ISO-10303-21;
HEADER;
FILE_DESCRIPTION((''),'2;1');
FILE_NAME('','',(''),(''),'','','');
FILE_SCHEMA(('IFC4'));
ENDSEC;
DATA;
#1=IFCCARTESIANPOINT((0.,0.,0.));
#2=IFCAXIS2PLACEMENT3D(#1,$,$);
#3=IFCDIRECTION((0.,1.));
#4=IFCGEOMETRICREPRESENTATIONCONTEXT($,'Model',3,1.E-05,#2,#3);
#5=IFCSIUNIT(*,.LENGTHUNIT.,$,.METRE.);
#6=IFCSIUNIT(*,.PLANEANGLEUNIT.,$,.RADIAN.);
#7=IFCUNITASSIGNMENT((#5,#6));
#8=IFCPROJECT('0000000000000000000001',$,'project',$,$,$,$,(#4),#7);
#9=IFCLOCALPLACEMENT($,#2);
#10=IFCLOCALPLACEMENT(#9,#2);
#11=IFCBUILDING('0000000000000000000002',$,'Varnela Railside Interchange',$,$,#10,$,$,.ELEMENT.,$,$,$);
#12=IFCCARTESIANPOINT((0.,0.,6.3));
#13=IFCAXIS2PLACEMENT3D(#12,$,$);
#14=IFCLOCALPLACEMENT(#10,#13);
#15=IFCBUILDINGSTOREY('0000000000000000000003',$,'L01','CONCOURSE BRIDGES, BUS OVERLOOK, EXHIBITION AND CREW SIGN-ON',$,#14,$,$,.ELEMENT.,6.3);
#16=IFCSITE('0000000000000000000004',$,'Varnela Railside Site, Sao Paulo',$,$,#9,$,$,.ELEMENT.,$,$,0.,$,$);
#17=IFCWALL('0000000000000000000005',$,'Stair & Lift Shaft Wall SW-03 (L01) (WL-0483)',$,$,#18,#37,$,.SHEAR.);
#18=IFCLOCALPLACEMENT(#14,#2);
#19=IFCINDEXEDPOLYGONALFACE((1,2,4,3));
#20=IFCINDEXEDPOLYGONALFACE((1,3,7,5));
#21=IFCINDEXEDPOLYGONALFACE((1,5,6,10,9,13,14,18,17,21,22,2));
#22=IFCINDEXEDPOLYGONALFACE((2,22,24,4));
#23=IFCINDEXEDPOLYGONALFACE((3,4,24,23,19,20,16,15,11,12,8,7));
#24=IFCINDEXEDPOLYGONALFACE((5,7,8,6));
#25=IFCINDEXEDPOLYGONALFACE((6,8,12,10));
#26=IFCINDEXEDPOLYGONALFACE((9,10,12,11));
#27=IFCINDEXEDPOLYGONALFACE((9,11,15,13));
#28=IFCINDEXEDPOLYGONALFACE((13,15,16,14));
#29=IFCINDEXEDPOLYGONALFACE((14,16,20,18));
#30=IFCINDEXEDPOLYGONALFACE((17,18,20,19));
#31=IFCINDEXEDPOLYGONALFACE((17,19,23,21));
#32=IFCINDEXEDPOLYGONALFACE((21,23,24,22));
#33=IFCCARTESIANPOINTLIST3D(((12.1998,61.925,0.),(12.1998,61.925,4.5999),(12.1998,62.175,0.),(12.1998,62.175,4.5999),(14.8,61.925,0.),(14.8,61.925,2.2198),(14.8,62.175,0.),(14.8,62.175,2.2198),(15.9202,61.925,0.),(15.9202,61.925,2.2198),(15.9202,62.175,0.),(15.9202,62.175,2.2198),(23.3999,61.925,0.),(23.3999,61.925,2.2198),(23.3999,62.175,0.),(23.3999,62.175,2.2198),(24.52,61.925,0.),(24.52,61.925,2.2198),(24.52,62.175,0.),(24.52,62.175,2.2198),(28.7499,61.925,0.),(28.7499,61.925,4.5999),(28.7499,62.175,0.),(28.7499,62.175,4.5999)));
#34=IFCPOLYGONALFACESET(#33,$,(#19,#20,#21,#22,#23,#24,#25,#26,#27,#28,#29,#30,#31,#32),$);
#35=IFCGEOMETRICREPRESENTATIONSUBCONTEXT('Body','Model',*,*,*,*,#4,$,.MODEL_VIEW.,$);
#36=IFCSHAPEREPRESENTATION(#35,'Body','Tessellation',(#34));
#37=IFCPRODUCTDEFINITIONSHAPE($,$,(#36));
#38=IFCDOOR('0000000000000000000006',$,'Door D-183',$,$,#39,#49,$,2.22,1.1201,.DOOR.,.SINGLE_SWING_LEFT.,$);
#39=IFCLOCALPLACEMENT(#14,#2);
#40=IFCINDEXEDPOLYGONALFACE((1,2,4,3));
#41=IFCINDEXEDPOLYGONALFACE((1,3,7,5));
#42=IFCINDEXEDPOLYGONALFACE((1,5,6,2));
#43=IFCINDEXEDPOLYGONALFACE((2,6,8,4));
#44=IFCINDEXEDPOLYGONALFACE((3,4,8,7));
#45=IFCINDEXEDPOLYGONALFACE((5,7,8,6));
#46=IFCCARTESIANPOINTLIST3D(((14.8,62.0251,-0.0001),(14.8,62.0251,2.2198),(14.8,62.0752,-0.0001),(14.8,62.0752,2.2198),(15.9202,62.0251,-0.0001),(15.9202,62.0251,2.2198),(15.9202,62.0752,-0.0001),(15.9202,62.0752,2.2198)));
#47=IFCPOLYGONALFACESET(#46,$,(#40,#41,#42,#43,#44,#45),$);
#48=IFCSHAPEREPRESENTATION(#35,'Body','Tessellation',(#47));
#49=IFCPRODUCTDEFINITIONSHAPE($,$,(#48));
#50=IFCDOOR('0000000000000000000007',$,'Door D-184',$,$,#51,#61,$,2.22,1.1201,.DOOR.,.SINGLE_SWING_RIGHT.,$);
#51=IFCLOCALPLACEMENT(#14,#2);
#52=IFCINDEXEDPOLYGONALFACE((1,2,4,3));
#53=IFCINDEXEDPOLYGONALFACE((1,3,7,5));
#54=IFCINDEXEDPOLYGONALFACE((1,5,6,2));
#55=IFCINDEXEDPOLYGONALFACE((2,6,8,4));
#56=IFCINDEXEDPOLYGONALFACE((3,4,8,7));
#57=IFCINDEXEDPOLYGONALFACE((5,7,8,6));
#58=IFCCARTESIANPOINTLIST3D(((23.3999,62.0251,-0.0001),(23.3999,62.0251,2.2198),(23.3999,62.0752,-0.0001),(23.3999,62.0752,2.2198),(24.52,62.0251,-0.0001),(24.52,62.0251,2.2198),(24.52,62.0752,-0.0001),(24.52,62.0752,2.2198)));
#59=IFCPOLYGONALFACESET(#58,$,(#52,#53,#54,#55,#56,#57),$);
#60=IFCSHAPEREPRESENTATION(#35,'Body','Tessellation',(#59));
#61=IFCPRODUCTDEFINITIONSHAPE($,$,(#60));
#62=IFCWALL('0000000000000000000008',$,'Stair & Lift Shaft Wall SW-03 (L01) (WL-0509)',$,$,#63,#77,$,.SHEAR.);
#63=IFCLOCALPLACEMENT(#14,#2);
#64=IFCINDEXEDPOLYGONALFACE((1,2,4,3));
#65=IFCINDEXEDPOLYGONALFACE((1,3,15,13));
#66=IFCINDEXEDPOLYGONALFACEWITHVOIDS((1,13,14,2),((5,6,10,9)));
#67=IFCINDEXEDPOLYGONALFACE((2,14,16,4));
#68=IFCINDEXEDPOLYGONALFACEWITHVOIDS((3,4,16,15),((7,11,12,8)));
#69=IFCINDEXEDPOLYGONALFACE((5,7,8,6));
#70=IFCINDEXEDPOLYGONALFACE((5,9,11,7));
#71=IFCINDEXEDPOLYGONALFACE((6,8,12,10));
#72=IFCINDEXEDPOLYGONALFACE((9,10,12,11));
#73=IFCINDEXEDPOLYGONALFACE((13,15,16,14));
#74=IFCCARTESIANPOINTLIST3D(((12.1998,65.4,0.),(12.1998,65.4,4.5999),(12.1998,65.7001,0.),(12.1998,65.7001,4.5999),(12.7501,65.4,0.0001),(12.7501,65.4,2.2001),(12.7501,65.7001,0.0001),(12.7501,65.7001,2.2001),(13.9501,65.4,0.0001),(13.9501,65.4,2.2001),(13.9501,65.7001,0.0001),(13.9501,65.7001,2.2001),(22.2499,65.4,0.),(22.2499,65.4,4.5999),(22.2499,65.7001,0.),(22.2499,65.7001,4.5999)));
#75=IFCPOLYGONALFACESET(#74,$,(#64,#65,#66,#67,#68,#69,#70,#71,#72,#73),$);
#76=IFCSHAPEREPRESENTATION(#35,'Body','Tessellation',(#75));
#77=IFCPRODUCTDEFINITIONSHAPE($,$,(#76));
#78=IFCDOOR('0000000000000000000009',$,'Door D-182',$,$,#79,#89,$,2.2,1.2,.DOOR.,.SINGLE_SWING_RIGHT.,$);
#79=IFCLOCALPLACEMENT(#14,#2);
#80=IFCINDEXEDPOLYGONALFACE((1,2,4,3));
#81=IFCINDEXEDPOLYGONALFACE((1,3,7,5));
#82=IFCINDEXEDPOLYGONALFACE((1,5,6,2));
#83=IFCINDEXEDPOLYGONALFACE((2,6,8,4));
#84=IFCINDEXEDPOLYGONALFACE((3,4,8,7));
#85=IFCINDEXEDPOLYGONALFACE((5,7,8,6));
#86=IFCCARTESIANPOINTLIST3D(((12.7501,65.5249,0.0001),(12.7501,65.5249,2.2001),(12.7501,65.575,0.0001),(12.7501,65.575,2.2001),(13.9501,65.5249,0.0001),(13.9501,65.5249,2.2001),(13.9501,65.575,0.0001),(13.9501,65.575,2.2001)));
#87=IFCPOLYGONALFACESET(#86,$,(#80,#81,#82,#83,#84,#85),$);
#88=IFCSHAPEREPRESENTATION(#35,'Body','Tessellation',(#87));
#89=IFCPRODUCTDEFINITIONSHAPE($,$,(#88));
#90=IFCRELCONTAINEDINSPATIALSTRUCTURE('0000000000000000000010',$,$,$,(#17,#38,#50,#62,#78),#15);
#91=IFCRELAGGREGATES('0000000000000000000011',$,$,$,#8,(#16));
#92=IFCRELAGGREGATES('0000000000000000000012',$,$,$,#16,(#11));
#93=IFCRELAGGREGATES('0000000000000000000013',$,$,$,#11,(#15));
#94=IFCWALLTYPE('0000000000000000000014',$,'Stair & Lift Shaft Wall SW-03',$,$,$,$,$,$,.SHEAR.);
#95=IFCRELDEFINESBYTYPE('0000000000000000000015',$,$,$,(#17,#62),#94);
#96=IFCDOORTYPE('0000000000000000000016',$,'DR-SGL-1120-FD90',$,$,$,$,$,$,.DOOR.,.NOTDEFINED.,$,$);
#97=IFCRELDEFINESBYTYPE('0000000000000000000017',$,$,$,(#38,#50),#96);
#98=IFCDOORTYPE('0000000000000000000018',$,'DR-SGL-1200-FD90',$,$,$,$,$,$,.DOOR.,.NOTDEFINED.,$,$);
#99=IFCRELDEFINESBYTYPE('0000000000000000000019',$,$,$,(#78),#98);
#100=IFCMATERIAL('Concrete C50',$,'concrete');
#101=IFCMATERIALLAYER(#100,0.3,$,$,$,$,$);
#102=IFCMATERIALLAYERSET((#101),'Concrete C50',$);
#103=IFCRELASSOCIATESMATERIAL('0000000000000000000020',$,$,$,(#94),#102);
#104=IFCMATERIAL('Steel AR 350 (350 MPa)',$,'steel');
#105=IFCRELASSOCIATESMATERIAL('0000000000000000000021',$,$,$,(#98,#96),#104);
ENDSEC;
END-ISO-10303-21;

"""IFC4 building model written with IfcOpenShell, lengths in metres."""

from ifc_helpers import new_model, si_unit, direction, frame, frame_2d, origin, place, context, subcontext, project, spatial, rectangle, extrude, material, layer, layer_set, type_object, element, fill, save


model = new_model("IFC4")

# Units and contexts
model_context = context("Model", 3, precision=1e-05, world=origin(), true_north=direction((0.0, 1.0)))
body_context = subcontext(model_context, "Body", "Model", "MODEL_VIEW")
ifc_project = project(units=[si_unit("LENGTHUNIT", "METRE"), si_unit("PLANEANGLEUNIT", "RADIAN")], contexts=[model_context])

# Site, building, storey
site_placement = place(None, origin())
site = spatial("IfcSite", under=ifc_project, at=site_placement, Name="Varnela Railside Site, Sao Paulo", CompositionType="ELEMENT", RefElevation=0.0)
building_placement = place(site_placement, origin())
building = spatial("IfcBuilding", under=site, at=building_placement, Name="Varnela Railside Interchange", CompositionType="ELEMENT")
storey_placement = place(building_placement, frame((0.0, 0.0, 6.3)))
storey = spatial("IfcBuildingStorey", under=building, at=storey_placement, Name="L01", Description="CONCOURSE BRIDGES, BUS OVERLOOK, EXHIBITION AND CREW SIGN-ON", CompositionType="ELEMENT", Elevation=6.3)

# Shared definitions
ifc_material_1 = material(Name="Steel AR 350 (350 MPa)", Category="steel")

# Shared definitions
ifc_material_2 = material(Name="Concrete C50", Category="concrete")

# Shared definitions
ifc_layer_1 = layer(ifc_material_2, 0.3)
ifc_layer_set_1 = layer_set([ifc_layer_1], Name="Concrete C50")
wall_type_1 = type_object("IfcWallType", Name="Stair & Lift Shaft Wall SW-03", PredefinedType="SHEAR", material=ifc_layer_set_1)
door_type_1 = type_object("IfcDoorType", Name="DR-SGL-1200-FD90", OperationType="NOTDEFINED", PredefinedType="DOOR", material=ifc_material_1)

# Wall, openings, doors
wall_1_placement = place(storey_placement, frame((12.2, 62.05, 0.0), z_axis=(0.0, 0.0, 1.0), x_axis=(1.0, 0.0, 0.0)))
wall_1 = element("IfcWall", 1, at=wall_1_placement, inside=storey, type_object=wall_type_1, Name="Stair & Lift Shaft Wall SW-03 (L01) (WL-0483)", PredefinedType="SHEAR", context=body_context, shape_type="SweptSolid", body=[
    extrude(rectangle(XDim=16.55, YDim=0.25, at=frame_2d((8.2749, 0.0))), origin(), (0.0, 0.0, 1.0), 4.5999),
])
opening_1_placement = place(wall_1_placement, frame((2.6001, 0.0, 0.0)))
opening_1 = element("IfcOpeningElement", 2, at=opening_1_placement, cuts=wall_1, PredefinedType="OPENING", context=body_context, shape_type="SweptSolid", body=[
    extrude(rectangle(XDim=1.1201, YDim=2.22, at=frame_2d((0.5601, 1.1099))), frame((0.0, 0.135, 0.0), z_axis=(0.0, -1.0, 0.0), x_axis=(1.0, 0.0, 0.0)), (0.0, 0.0, 1.0), 0.27),
])
opening_2_placement = place(wall_1_placement, frame((11.2, 0.0, 0.0)))
opening_2 = element("IfcOpeningElement", 3, at=opening_2_placement, cuts=wall_1, PredefinedType="OPENING", context=body_context, shape_type="SweptSolid", body=[
    extrude(rectangle(XDim=1.1201, YDim=2.22, at=frame_2d((0.5601, 1.1099))), frame((0.0, 0.135, 0.0), z_axis=(0.0, -1.0, 0.0), x_axis=(1.0, 0.0, 0.0)), (0.0, 0.0, 1.0), 0.27),
])
door_type_2 = type_object("IfcDoorType", Name="DR-SGL-1120-FD90", OperationType="NOTDEFINED", PredefinedType="DOOR", material=ifc_material_1)
door_1_placement = place(opening_1_placement, frame((1.1201, 0.0, 0.0), z_axis=(0.0, 0.0, 1.0), x_axis=(-1.0, 0.0, 0.0)))
door_1 = element("IfcDoor", 4, at=door_1_placement, inside=storey, type_object=door_type_2, Name="Door D-183", OperationType="SINGLE_SWING_LEFT", OverallHeight=2.22, OverallWidth=1.1201, PredefinedType="DOOR", context=body_context, shape_type="SweptSolid", body=[
    extrude(rectangle(XDim=1.1201, YDim=2.22, at=frame_2d((0.5601, 1.1099))), frame((0.0, 0.0249, 0.0), z_axis=(0.0, -1.0, 0.0), x_axis=(1.0, 0.0, 0.0)), (0.0, 0.0, 1.0), 0.05),
])
fill(opening_1, door_1)
door_2_placement = place(opening_2_placement, frame((1.1201, 0.0, 0.0), z_axis=(0.0, 0.0, 1.0), x_axis=(-1.0, 0.0, 0.0)))
door_2 = element("IfcDoor", 5, at=door_2_placement, inside=storey, type_object=door_type_2, Name="Door D-184", OperationType="SINGLE_SWING_RIGHT", OverallHeight=2.22, OverallWidth=1.1201, PredefinedType="DOOR", context=body_context, shape_type="SweptSolid", body=[
    extrude(rectangle(XDim=1.1201, YDim=2.22, at=frame_2d((0.5601, 1.1099))), frame((0.0, 0.0249, 0.0), z_axis=(0.0, -1.0, 0.0), x_axis=(1.0, 0.0, 0.0)), (0.0, 0.0, 1.0), 0.05),
])
fill(opening_2, door_2)

# Wall, opening, door
wall_2_placement = place(storey_placement, frame((12.2, 65.55, 0.0), z_axis=(0.0, 0.0, 1.0), x_axis=(1.0, 0.0, 0.0)))
wall_2 = element("IfcWall", 6, at=wall_2_placement, inside=storey, type_object=wall_type_1, Name="Stair & Lift Shaft Wall SW-03 (L01) (WL-0509)", PredefinedType="SHEAR", context=body_context, shape_type="SweptSolid", body=[
    extrude(rectangle(XDim=10.05, YDim=0.3, at=frame_2d((5.0249, 0.0))), origin(), (0.0, 0.0, 1.0), 4.5999),
])
opening_3_placement = place(wall_2_placement, frame((0.55, 0.0, 0.0)))
opening_3 = element("IfcOpeningElement", 7, at=opening_3_placement, cuts=wall_2, PredefinedType="OPENING", context=body_context, shape_type="SweptSolid", body=[
    extrude(rectangle(XDim=1.2, YDim=2.2, at=frame_2d((0.6001, 1.1001))), frame((0.0, 0.1599, 0.0), z_axis=(0.0, -1.0, 0.0), x_axis=(1.0, 0.0, 0.0)), (0.0, 0.0, 1.0), 0.3201),
])
door_3_placement = place(opening_3_placement, origin())
door_3 = element("IfcDoor", 8, at=door_3_placement, inside=storey, type_object=door_type_1, Name="Door D-182", OperationType="SINGLE_SWING_RIGHT", OverallHeight=2.2, OverallWidth=1.2, PredefinedType="DOOR", context=body_context, shape_type="SweptSolid", body=[
    extrude(rectangle(XDim=1.2, YDim=2.2, at=frame_2d((0.6001, 1.1001))), frame((0.0, 0.0249, 0.0), z_axis=(0.0, -1.0, 0.0), x_axis=(1.0, 0.0, 0.0)), (0.0, 0.0, 1.0), 0.05),
])
fill(opening_3, door_3)

save(model, "model.ifc")
